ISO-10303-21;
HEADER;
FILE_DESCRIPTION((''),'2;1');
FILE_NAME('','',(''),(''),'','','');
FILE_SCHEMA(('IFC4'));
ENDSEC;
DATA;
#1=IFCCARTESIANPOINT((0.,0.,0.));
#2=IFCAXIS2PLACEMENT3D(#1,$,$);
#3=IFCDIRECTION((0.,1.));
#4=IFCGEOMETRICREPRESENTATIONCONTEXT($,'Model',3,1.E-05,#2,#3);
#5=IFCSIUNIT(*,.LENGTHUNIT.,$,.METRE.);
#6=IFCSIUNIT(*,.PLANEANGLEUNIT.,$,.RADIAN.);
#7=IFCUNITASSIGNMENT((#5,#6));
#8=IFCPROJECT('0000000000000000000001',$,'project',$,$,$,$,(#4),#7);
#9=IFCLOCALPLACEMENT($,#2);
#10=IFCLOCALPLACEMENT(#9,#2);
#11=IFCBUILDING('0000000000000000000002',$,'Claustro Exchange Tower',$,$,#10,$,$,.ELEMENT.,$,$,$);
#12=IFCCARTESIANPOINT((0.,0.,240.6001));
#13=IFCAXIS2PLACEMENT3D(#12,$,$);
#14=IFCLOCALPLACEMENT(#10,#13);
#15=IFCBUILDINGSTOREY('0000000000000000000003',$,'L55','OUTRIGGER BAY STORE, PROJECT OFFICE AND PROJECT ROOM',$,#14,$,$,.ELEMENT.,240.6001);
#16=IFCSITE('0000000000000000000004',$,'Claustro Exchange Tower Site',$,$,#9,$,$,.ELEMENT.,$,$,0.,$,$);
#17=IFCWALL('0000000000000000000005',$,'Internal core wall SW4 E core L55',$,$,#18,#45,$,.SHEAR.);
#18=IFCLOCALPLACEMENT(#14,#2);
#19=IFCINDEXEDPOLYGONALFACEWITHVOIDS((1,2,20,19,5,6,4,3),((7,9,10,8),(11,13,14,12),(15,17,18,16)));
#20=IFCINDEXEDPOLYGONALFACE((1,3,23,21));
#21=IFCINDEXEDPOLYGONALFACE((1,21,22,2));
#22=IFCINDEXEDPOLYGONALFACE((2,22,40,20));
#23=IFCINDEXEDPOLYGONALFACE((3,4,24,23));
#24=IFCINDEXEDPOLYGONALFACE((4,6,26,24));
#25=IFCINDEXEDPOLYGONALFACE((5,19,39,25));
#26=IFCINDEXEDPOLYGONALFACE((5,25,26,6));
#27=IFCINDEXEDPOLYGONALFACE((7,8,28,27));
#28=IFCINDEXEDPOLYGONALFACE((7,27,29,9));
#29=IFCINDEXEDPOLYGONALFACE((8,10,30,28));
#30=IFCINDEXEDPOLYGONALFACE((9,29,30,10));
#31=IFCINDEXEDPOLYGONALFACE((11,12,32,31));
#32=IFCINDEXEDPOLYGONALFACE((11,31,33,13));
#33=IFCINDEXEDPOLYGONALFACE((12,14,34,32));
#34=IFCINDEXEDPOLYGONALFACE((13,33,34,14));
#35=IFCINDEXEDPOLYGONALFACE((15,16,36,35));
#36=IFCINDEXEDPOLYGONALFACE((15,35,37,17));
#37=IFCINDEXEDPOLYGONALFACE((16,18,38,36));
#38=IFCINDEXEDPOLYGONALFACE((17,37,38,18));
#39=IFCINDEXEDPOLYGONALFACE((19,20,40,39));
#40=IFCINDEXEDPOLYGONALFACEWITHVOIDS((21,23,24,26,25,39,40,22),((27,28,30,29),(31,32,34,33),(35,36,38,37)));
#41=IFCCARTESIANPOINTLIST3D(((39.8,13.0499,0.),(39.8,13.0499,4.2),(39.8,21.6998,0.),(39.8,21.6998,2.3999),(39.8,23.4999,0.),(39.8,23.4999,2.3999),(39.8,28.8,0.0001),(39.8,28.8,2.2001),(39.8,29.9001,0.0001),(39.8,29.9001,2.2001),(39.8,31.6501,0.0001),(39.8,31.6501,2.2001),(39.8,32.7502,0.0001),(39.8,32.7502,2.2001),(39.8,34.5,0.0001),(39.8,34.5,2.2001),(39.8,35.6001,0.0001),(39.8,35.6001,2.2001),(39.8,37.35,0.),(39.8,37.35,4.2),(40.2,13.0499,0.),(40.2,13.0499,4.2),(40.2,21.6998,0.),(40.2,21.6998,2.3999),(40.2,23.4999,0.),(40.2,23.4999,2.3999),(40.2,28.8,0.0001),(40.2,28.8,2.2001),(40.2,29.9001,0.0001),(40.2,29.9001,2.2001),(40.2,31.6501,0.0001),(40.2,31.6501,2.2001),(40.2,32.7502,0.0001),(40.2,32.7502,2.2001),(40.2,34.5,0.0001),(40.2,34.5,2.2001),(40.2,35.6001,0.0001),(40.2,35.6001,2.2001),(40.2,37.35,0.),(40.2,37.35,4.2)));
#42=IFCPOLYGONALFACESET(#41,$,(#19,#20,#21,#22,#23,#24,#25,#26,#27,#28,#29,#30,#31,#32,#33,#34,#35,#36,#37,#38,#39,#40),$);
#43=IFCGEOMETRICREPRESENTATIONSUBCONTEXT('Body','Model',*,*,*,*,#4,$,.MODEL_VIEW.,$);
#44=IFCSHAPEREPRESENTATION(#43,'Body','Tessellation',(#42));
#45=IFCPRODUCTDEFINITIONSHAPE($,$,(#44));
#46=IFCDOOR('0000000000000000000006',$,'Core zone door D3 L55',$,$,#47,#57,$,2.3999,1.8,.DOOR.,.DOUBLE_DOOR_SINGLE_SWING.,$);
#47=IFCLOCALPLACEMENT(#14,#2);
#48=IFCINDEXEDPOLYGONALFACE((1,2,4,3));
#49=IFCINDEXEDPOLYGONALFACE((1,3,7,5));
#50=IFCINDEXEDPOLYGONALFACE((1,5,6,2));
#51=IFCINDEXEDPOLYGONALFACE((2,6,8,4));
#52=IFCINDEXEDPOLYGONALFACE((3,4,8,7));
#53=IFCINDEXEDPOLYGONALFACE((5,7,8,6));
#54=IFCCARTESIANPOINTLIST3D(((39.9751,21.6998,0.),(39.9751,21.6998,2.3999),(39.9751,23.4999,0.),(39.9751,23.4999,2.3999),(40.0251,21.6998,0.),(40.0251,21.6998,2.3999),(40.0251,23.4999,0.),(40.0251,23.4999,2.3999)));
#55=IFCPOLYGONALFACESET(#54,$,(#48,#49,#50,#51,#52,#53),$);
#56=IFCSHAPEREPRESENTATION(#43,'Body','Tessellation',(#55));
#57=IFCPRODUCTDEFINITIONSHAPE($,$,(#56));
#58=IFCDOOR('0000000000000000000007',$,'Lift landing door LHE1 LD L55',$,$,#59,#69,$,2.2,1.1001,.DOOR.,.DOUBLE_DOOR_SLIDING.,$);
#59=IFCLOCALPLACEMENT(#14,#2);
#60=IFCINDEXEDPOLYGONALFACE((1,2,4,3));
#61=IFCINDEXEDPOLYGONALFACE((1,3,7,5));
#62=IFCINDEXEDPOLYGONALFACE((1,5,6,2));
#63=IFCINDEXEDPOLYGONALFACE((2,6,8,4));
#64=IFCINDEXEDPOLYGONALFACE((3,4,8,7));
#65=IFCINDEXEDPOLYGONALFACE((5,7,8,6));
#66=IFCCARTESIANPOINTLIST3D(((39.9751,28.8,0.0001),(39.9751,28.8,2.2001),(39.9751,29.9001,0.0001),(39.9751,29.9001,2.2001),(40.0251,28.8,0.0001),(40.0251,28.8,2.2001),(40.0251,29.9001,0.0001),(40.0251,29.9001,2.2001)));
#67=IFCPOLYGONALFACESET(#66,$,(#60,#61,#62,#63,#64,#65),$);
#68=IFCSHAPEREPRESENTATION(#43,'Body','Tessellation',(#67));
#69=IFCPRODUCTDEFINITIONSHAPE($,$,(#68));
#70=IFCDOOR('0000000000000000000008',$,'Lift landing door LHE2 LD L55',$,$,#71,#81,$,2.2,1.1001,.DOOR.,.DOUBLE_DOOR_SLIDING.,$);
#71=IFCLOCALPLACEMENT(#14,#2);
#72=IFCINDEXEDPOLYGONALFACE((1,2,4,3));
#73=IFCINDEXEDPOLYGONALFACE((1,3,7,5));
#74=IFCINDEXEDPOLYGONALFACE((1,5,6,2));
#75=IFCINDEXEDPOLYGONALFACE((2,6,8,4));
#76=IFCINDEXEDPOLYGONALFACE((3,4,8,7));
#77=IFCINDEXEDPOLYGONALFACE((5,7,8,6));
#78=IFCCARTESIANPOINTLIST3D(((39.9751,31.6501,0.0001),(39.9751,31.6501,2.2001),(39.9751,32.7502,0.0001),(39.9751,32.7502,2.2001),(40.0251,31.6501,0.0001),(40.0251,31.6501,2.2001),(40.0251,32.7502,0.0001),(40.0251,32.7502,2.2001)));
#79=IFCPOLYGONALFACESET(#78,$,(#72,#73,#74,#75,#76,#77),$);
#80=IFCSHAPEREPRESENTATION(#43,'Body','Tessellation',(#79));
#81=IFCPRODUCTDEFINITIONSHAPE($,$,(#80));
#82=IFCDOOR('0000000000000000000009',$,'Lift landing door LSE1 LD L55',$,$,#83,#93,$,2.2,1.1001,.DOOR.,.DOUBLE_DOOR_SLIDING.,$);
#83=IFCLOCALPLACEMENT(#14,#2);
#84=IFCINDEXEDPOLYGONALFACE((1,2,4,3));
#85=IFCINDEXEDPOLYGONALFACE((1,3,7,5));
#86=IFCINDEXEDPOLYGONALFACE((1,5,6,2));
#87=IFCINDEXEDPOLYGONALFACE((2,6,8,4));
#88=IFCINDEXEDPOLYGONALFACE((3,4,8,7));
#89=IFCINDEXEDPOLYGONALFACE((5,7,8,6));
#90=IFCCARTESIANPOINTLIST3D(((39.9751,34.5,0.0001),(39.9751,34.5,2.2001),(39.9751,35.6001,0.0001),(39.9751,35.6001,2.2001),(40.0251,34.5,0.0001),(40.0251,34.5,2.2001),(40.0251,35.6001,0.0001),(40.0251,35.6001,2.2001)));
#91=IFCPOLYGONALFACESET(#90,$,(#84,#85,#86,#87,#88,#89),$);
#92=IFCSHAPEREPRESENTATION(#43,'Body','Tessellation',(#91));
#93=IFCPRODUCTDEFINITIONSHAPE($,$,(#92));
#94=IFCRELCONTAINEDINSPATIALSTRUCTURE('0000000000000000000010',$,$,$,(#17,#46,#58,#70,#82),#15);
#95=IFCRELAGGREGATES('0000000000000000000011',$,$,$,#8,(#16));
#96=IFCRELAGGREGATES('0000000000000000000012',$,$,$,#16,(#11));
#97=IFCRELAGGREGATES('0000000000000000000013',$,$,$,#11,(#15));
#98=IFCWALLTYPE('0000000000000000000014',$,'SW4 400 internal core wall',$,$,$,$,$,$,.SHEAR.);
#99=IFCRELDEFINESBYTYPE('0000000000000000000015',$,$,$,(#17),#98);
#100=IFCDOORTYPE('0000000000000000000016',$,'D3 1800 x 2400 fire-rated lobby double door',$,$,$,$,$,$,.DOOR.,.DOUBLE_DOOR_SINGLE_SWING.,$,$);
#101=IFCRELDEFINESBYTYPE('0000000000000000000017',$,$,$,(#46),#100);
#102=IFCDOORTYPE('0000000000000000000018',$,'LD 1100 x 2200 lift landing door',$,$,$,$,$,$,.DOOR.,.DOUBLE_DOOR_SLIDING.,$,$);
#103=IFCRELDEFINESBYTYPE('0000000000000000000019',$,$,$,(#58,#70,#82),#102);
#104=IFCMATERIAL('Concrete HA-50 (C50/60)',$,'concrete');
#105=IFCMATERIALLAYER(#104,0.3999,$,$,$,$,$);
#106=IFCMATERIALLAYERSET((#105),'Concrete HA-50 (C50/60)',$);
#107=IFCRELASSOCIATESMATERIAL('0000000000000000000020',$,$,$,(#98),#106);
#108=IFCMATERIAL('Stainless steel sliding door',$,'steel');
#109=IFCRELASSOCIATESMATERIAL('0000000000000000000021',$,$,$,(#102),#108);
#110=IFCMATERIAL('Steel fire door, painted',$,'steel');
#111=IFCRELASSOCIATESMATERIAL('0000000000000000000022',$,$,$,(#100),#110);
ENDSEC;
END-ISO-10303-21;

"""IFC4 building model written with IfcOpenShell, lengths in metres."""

from ifc_helpers import new_model, si_unit, direction, frame, frame_2d, origin, place, context, subcontext, project, spatial, rectangle, extrude, material, layer, layer_set, type_object, element, fill, save


model = new_model("IFC4")

# Units and contexts
model_context = context("Model", 3, precision=1e-05, world=origin(), true_north=direction((0.0, 1.0)))
body_context = subcontext(model_context, "Body", "Model", "MODEL_VIEW")
ifc_project = project(units=[si_unit("LENGTHUNIT", "METRE"), si_unit("PLANEANGLEUNIT", "RADIAN")], contexts=[model_context])

# Site, building, storey
site_placement = place(None, origin())
site = spatial("IfcSite", under=ifc_project, at=site_placement, Name="Claustro Exchange Tower Site", CompositionType="ELEMENT", RefElevation=0.0)
building_placement = place(site_placement, origin())
building = spatial("IfcBuilding", under=site, at=building_placement, Name="Claustro Exchange Tower", CompositionType="ELEMENT")
storey_placement = place(building_placement, frame((0.0, 0.0, 240.6001)))
storey = spatial("IfcBuildingStorey", under=building, at=storey_placement, Name="L55", Description="OUTRIGGER BAY STORE, PROJECT OFFICE AND PROJECT ROOM", CompositionType="ELEMENT", Elevation=240.6001)

# Wall, openings, doors
ifc_material_1 = material(Name="Concrete HA-50 (C50/60)", Category="concrete")
ifc_layer_1 = layer(ifc_material_1, 0.3999)
ifc_layer_set_1 = layer_set([ifc_layer_1], Name="Concrete HA-50 (C50/60)")
wall_type_1 = type_object("IfcWallType", Name="SW4 400 internal core wall", PredefinedType="SHEAR", material=ifc_layer_set_1)
ifc_material_2 = material(Name="Stainless steel sliding door", Category="steel")
door_type_1 = type_object("IfcDoorType", Name="LD 1100 x 2200 lift landing door", OperationType="DOUBLE_DOOR_SLIDING", PredefinedType="DOOR", material=ifc_material_2)
wall_1_placement = place(storey_placement, frame((40.0, 13.05, 0.0), z_axis=(0.0, 0.0, 1.0), x_axis=(0.0, 1.0, 0.0)))
wall_1 = element("IfcWall", 1, at=wall_1_placement, inside=storey, type_object=wall_type_1, Name="Internal core wall SW4 E core L55", PredefinedType="SHEAR", context=body_context, shape_type="SweptSolid", body=[
    extrude(rectangle(XDim=24.3, YDim=0.3999, at=frame_2d((12.1499, 0.0))), origin(), (0.0, 0.0, 1.0), 4.2),
])
opening_1_placement = place(wall_1_placement, frame((15.75, 0.0, 0.0)))
opening_1 = element("IfcOpeningElement", 2, at=opening_1_placement, cuts=wall_1, PredefinedType="OPENING", context=body_context, shape_type="SweptSolid", body=[
    extrude(rectangle(XDim=1.1001, YDim=2.2, at=frame_2d((0.55, 1.1001))), frame((0.0, 0.21, 0.0), z_axis=(0.0, -1.0, 0.0), x_axis=(1.0, 0.0, 0.0)), (0.0, 0.0, 1.0), 0.4199),
])
opening_2_placement = place(wall_1_placement, frame((18.6001, 0.0, 0.0)))
opening_2 = element("IfcOpeningElement", 3, at=opening_2_placement, cuts=wall_1, PredefinedType="OPENING", context=body_context, shape_type="SweptSolid", body=[
    extrude(rectangle(XDim=1.1001, YDim=2.2, at=frame_2d((0.55, 1.1001))), frame((0.0, 0.21, 0.0), z_axis=(0.0, -1.0, 0.0), x_axis=(1.0, 0.0, 0.0)), (0.0, 0.0, 1.0), 0.4199),
])
opening_3_placement = place(wall_1_placement, frame((21.45, 0.0, 0.0)))
opening_3 = element("IfcOpeningElement", 4, at=opening_3_placement, cuts=wall_1, PredefinedType="OPENING", context=body_context, shape_type="SweptSolid", body=[
    extrude(rectangle(XDim=1.1001, YDim=2.2, at=frame_2d((0.55, 1.1001))), frame((0.0, 0.21, 0.0), z_axis=(0.0, -1.0, 0.0), x_axis=(1.0, 0.0, 0.0)), (0.0, 0.0, 1.0), 0.4199),
])
opening_4_placement = place(wall_1_placement, frame((8.6499, 0.0, 0.0)))
opening_4 = element("IfcOpeningElement", 5, at=opening_4_placement, cuts=wall_1, PredefinedType="OPENING", context=body_context, shape_type="SweptSolid", body=[
    extrude(rectangle(XDim=1.8, YDim=2.3999, at=frame_2d((0.8999, 1.2))), frame((0.0, 0.21, 0.0), z_axis=(0.0, -1.0, 0.0), x_axis=(1.0, 0.0, 0.0)), (0.0, 0.0, 1.0), 0.4199),
])
ifc_material_3 = material(Name="Steel fire door, painted", Category="steel")
door_type_2 = type_object("IfcDoorType", Name="D3 1800 x 2400 fire-rated lobby double door", OperationType="DOUBLE_DOOR_SINGLE_SWING", PredefinedType="DOOR", material=ifc_material_3)
door_1_placement = place(opening_4_placement, origin())
door_1 = element("IfcDoor", 6, at=door_1_placement, inside=storey, type_object=door_type_2, Name="Core zone door D3 L55", OperationType="DOUBLE_DOOR_SINGLE_SWING", OverallHeight=2.3999, OverallWidth=1.8, PredefinedType="DOOR", context=body_context, shape_type="SweptSolid", body=[
    extrude(rectangle(XDim=1.8, YDim=2.3999, at=frame_2d((0.8999, 1.2))), frame((0.0, 0.0249, 0.0), z_axis=(0.0, -1.0, 0.0), x_axis=(1.0, 0.0, 0.0)), (0.0, 0.0, 1.0), 0.05),
])
fill(opening_4, door_1)
door_2_placement = place(opening_1_placement, origin())
door_2 = element("IfcDoor", 7, at=door_2_placement, inside=storey, type_object=door_type_1, Name="Lift landing door LHE1 LD L55", OperationType="DOUBLE_DOOR_SLIDING", OverallHeight=2.2, OverallWidth=1.1001, PredefinedType="DOOR", context=body_context, shape_type="SweptSolid", body=[
    extrude(rectangle(XDim=1.1001, YDim=2.2, at=frame_2d((0.55, 1.1001))), frame((0.0, 0.0249, 0.0), z_axis=(0.0, -1.0, 0.0), x_axis=(1.0, 0.0, 0.0)), (0.0, 0.0, 1.0), 0.05),
])
fill(opening_1, door_2)
door_3_placement = place(opening_2_placement, origin())
door_3 = element("IfcDoor", 8, at=door_3_placement, inside=storey, type_object=door_type_1, Name="Lift landing door LHE2 LD L55", OperationType="DOUBLE_DOOR_SLIDING", OverallHeight=2.2, OverallWidth=1.1001, PredefinedType="DOOR", context=body_context, shape_type="SweptSolid", body=[
    extrude(rectangle(XDim=1.1001, YDim=2.2, at=frame_2d((0.55, 1.1001))), frame((0.0, 0.0249, 0.0), z_axis=(0.0, -1.0, 0.0), x_axis=(1.0, 0.0, 0.0)), (0.0, 0.0, 1.0), 0.05),
])
fill(opening_2, door_3)
door_4_placement = place(opening_3_placement, origin())
door_4 = element("IfcDoor", 9, at=door_4_placement, inside=storey, type_object=door_type_1, Name="Lift landing door LSE1 LD L55", OperationType="DOUBLE_DOOR_SLIDING", OverallHeight=2.2, OverallWidth=1.1001, PredefinedType="DOOR", context=body_context, shape_type="SweptSolid", body=[
    extrude(rectangle(XDim=1.1001, YDim=2.2, at=frame_2d((0.55, 1.1001))), frame((0.0, 0.0249, 0.0), z_axis=(0.0, -1.0, 0.0), x_axis=(1.0, 0.0, 0.0)), (0.0, 0.0, 1.0), 0.05),
])
fill(opening_3, door_4)

save(model, "model.ifc")
